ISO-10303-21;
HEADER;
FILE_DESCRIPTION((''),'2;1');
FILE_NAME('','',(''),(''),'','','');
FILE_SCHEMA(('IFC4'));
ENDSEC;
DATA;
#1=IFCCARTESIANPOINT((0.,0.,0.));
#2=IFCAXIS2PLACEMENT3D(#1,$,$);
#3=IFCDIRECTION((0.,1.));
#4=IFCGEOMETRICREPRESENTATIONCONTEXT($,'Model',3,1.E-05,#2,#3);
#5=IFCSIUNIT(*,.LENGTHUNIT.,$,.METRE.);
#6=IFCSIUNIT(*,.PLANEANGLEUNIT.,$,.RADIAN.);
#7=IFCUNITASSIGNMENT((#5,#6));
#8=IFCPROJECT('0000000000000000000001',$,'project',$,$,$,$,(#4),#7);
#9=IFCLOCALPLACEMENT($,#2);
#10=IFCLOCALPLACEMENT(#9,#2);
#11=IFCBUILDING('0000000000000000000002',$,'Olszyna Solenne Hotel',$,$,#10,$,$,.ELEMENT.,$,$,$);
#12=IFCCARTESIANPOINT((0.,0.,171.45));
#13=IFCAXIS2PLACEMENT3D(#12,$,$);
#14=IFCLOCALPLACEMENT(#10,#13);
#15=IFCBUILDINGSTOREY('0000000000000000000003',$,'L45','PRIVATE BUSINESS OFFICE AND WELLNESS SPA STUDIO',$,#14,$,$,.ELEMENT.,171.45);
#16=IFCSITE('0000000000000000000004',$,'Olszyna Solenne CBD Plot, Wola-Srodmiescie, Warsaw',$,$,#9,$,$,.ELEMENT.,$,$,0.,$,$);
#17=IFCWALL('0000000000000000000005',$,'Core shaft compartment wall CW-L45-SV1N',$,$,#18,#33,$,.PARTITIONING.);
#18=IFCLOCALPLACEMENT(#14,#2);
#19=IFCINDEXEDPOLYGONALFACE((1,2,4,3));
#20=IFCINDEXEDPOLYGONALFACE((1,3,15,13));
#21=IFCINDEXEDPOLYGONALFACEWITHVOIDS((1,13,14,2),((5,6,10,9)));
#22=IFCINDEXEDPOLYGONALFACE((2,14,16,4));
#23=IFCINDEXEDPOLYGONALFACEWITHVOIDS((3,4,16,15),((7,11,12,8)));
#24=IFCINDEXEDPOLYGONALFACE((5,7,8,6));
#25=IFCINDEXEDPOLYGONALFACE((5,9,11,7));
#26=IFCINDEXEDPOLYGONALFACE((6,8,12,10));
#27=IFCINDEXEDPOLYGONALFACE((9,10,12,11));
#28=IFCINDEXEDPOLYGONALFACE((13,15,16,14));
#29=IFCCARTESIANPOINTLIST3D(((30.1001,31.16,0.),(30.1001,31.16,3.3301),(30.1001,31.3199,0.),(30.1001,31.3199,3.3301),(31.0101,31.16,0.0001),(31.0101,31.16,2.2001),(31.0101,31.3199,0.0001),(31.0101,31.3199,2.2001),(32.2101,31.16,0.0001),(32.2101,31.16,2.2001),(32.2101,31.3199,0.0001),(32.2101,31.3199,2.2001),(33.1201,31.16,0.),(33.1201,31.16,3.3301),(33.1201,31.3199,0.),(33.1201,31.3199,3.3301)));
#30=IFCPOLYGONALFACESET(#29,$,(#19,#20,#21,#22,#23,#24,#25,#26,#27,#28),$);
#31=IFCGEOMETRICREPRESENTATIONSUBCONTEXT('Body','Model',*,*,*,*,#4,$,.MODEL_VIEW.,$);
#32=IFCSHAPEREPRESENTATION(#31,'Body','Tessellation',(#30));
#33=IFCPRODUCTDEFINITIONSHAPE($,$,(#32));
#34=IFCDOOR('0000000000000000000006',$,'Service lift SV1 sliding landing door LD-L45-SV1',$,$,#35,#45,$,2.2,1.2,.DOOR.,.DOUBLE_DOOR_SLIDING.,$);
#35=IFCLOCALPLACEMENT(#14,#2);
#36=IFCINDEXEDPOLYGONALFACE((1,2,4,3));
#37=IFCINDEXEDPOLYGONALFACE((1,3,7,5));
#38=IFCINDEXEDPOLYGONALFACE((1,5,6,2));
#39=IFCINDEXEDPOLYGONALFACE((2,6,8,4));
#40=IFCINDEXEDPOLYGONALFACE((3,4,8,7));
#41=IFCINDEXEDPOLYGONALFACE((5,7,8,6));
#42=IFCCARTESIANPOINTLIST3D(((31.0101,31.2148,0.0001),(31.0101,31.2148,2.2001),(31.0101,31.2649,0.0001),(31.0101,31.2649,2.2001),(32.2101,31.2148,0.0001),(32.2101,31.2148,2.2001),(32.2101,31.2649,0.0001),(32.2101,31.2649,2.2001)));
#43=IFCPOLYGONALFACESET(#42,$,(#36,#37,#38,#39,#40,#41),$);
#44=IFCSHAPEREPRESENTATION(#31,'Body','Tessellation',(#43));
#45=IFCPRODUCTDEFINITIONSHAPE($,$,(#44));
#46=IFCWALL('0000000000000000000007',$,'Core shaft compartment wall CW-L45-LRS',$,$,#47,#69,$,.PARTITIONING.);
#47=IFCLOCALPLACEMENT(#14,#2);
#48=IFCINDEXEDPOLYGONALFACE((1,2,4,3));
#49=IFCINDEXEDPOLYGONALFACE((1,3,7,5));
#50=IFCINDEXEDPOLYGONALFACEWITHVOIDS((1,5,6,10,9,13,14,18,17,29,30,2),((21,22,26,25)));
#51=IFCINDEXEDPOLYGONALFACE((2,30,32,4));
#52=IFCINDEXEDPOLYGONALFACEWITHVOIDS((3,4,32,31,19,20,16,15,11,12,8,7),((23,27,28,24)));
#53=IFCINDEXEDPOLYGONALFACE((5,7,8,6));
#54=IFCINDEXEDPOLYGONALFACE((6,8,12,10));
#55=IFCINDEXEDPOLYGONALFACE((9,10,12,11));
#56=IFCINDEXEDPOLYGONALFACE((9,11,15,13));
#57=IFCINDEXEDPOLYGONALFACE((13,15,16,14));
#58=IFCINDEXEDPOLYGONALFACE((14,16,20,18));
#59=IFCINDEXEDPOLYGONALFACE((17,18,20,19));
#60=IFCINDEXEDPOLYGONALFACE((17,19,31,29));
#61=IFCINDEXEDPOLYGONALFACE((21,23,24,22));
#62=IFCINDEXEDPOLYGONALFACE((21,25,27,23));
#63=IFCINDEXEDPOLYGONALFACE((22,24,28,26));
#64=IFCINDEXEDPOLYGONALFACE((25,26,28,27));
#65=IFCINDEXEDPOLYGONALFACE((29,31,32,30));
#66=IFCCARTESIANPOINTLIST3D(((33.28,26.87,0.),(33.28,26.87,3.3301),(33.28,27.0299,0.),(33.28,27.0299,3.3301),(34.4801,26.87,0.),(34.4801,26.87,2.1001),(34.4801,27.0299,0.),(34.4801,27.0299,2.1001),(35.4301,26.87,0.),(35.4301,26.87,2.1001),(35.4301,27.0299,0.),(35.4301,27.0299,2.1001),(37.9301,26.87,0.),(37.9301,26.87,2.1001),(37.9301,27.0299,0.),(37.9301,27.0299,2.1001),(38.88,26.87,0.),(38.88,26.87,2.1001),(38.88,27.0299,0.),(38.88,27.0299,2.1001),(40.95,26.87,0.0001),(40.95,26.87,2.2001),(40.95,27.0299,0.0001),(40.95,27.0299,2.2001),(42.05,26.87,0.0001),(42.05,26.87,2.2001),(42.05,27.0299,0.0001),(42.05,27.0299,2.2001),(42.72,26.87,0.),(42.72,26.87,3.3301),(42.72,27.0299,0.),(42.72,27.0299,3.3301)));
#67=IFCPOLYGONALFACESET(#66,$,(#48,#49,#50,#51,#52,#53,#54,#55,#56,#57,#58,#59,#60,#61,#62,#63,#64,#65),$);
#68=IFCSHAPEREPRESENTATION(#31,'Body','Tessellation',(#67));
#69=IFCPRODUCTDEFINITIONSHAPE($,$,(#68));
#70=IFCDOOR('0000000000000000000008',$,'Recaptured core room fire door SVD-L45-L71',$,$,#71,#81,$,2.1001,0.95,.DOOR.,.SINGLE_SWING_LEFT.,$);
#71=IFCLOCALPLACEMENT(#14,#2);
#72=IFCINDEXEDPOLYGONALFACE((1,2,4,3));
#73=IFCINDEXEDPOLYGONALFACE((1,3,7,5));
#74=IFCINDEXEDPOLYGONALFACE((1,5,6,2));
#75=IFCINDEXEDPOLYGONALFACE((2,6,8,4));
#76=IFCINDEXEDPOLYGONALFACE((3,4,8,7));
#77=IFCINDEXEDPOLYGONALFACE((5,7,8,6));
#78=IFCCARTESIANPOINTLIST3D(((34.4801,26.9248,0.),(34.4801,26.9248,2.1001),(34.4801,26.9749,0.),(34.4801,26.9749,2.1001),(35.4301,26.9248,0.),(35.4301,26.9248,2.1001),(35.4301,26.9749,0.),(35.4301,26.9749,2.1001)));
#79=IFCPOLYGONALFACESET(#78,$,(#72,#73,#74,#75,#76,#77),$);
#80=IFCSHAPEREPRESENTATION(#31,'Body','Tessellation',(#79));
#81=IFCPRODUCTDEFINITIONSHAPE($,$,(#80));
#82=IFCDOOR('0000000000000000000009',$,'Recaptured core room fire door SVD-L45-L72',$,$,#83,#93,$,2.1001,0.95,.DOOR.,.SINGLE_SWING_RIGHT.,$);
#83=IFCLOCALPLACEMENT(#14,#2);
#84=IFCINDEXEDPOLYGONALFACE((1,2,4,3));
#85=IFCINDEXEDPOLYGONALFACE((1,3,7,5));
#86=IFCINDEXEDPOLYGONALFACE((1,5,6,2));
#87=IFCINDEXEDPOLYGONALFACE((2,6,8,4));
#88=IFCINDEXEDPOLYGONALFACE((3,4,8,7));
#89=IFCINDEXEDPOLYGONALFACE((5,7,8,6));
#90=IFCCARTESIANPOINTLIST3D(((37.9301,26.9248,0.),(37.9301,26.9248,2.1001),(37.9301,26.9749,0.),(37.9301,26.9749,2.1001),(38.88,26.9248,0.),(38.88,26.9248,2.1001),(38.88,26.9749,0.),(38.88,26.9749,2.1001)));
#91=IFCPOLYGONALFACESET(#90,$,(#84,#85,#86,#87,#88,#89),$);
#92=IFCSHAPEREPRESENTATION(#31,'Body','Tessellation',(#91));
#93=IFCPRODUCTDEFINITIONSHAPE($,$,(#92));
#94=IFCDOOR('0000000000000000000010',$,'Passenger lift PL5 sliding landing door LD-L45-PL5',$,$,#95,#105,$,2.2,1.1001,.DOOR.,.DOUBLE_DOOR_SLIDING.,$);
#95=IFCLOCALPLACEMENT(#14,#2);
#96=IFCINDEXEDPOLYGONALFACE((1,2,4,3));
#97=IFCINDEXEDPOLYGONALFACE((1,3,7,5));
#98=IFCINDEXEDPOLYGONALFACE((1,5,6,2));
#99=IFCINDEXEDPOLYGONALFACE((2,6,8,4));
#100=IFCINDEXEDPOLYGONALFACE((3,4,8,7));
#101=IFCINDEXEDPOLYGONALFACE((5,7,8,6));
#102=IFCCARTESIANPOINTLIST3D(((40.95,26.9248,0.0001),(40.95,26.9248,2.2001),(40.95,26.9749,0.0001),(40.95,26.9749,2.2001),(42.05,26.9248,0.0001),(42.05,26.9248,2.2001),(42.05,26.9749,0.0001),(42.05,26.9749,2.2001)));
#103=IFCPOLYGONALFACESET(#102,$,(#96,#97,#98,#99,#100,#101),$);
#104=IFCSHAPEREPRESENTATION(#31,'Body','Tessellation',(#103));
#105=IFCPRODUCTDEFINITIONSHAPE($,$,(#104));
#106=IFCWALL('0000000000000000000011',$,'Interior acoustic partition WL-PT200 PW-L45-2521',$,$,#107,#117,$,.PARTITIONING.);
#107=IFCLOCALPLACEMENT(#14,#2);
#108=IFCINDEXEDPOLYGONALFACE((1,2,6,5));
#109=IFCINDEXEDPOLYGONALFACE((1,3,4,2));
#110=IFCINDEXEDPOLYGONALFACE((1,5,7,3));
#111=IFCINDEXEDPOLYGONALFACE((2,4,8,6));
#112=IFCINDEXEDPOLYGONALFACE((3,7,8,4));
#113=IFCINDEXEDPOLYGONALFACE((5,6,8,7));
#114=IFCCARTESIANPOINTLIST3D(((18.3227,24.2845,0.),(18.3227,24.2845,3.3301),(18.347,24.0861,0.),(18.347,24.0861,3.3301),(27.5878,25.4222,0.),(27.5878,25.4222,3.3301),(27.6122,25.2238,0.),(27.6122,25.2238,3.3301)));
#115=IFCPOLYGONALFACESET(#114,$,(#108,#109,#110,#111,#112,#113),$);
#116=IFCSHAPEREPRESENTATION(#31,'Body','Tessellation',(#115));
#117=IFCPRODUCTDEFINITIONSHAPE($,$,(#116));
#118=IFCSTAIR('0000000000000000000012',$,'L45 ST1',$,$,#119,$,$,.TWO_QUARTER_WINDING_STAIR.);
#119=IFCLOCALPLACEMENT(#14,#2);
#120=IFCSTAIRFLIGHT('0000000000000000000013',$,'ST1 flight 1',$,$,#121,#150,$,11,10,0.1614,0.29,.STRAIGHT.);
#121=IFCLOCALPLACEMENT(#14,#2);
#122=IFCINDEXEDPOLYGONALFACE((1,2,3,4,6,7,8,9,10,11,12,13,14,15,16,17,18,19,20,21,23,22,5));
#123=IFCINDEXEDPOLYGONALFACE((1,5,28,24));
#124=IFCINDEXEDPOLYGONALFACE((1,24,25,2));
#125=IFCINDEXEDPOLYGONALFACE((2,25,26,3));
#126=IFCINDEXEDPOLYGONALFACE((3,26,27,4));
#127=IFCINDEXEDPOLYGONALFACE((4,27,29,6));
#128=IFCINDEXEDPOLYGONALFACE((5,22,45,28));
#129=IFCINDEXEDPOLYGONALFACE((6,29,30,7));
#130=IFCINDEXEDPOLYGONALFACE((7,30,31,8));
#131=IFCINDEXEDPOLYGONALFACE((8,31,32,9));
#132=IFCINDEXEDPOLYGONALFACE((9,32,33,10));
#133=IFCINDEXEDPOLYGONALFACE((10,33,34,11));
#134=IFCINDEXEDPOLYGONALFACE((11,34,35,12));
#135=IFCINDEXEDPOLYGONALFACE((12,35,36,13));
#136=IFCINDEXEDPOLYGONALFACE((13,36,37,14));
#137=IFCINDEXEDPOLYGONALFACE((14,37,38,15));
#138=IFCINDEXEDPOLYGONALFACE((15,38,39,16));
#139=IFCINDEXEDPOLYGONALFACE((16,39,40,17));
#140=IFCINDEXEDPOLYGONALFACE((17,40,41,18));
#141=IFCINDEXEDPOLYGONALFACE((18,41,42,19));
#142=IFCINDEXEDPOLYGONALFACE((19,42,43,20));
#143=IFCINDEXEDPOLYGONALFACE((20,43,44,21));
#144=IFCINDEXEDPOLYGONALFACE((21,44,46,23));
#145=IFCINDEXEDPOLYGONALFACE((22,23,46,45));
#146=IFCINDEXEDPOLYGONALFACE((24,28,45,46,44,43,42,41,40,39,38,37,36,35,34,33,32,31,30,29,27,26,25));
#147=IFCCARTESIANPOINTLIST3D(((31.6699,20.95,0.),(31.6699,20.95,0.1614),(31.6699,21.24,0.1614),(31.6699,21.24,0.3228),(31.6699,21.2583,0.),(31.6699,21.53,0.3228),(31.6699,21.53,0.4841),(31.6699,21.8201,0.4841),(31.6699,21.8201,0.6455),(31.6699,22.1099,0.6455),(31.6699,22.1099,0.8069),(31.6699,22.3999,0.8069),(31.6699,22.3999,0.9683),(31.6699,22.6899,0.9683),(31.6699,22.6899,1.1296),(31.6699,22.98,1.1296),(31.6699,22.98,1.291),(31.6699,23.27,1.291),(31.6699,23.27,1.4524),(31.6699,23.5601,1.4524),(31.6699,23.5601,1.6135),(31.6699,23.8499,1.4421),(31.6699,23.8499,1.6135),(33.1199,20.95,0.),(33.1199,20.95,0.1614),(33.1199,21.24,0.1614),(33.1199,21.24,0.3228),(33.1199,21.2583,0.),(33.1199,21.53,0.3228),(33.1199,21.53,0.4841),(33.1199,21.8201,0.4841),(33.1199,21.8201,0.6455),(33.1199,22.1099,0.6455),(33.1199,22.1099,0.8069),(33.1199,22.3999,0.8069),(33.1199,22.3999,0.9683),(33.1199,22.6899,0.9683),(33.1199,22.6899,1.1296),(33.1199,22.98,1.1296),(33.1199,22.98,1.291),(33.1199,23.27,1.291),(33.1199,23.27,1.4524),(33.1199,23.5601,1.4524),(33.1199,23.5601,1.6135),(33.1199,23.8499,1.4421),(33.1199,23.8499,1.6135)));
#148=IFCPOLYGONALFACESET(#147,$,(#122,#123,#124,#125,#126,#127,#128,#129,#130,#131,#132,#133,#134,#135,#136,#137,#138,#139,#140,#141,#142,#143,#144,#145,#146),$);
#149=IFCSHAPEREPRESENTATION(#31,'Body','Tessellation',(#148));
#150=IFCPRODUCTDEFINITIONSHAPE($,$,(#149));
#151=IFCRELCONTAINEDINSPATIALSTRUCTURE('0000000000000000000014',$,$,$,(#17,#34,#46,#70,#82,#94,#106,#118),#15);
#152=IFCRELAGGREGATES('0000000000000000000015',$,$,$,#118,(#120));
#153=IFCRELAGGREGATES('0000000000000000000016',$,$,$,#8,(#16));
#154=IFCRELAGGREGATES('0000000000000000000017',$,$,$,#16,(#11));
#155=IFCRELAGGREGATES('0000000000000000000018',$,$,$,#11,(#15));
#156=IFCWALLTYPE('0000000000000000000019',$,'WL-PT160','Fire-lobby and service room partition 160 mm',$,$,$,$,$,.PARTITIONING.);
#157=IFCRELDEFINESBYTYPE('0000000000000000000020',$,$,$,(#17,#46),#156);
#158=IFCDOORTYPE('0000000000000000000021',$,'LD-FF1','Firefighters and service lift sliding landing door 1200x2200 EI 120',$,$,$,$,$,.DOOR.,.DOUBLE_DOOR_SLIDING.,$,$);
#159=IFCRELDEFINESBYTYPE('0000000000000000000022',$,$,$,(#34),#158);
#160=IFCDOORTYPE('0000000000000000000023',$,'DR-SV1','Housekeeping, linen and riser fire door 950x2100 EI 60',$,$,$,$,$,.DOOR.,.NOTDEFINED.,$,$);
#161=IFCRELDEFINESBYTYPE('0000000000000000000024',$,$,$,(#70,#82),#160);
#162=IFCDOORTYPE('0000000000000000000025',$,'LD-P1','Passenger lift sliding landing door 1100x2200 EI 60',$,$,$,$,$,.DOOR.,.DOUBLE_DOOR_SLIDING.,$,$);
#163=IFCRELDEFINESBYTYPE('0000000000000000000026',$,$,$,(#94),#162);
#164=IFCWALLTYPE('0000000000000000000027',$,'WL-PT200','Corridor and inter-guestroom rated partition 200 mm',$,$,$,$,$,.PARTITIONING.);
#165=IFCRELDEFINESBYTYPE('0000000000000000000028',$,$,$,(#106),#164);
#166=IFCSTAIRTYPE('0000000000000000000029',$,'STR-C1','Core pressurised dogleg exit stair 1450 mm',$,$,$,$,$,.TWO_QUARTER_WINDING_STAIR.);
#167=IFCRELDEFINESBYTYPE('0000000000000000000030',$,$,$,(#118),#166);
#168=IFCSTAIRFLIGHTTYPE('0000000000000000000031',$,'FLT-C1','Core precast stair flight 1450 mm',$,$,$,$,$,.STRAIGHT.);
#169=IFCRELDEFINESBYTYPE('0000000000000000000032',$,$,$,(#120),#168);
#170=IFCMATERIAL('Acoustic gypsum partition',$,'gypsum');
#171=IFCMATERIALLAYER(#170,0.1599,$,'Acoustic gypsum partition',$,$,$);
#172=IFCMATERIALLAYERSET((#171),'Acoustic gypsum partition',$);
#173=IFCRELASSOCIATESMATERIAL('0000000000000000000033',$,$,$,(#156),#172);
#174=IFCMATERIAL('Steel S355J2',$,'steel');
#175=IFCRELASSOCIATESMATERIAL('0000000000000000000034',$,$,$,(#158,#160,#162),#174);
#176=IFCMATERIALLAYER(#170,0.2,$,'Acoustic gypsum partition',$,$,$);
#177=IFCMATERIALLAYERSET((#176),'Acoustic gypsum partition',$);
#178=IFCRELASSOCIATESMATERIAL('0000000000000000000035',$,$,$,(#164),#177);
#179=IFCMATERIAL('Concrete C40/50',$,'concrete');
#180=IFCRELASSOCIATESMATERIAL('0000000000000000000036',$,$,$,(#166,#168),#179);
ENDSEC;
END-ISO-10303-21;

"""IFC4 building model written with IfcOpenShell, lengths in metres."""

from ifc_helpers import new_model, si_unit, direction, frame, frame_2d, origin, place, context, subcontext, project, spatial, polyline, rectangle, outline, extrude, source, transform, mapped, material, layer, layer_set, type_object, type_shapes, element, fill, aggregate, save


model = new_model("IFC4")

# Units and contexts
model_context = context("Model", 3, precision=1e-05, world=origin(), true_north=direction((0.0, 1.0)))
body_context = subcontext(model_context, "Body", "Model", "MODEL_VIEW")
ifc_project = project(units=[si_unit("LENGTHUNIT", "METRE"), si_unit("PLANEANGLEUNIT", "RADIAN")], contexts=[model_context])

# Site, building, storey
site_placement = place(None, origin())
site = spatial("IfcSite", under=ifc_project, at=site_placement, Name="Olszyna Solenne CBD Plot, Wola-Srodmiescie, Warsaw", CompositionType="ELEMENT", RefElevation=0.0)
building_placement = place(site_placement, origin())
building = spatial("IfcBuilding", under=site, at=building_placement, Name="Olszyna Solenne Hotel", CompositionType="ELEMENT")
storey_placement = place(building_placement, frame((0.0, 0.0, 171.45)))
storey = spatial("IfcBuildingStorey", under=building, at=storey_placement, Name="L45", Description="PRIVATE BUSINESS OFFICE AND WELLNESS SPA STUDIO", CompositionType="ELEMENT", Elevation=171.45)

# Shared definitions
ifc_material_1 = material(Name="Steel S355J2", Category="steel")

# Shared definitions
ifc_material_2 = material(Name="Acoustic gypsum partition", Category="gypsum")
ifc_layer_1 = layer(ifc_material_2, 0.1599, Name="Acoustic gypsum partition")
ifc_layer_set_1 = layer_set([ifc_layer_1], Name="Acoustic gypsum partition")
wall_type_1 = type_object("IfcWallType", Name="WL-PT160", Description="Fire-lobby and service room partition 160 mm", PredefinedType="PARTITIONING", material=ifc_layer_set_1)

# Wall, opening, door
wall_1_placement = place(storey_placement, frame((30.1001, 31.24, 0.0), z_axis=(0.0, 0.0, 1.0), x_axis=(1.0, 0.0, 0.0)))
wall_1 = element("IfcWall", 1, at=wall_1_placement, inside=storey, type_object=wall_type_1, Name="Core shaft compartment wall CW-L45-SV1N", PredefinedType="PARTITIONING", context=body_context, shape_type="SweptSolid", body=[
    extrude(rectangle(XDim=3.02, YDim=0.1599, at=frame_2d((1.51, 0.0))), origin(), (0.0, 0.0, 1.0), 3.3301),
])
opening_1_placement = place(wall_1_placement, frame((0.9099, 0.0, 0.0)))
opening_1 = element("IfcOpeningElement", 2, at=opening_1_placement, cuts=wall_1, PredefinedType="OPENING", context=body_context, shape_type="SweptSolid", body=[
    extrude(rectangle(XDim=1.2, YDim=2.2, at=frame_2d((0.6001, 1.1001))), frame((0.0, 0.0898, 0.0), z_axis=(0.0, -1.0, 0.0), x_axis=(1.0, 0.0, 0.0)), (0.0, 0.0, 1.0), 0.1799),
])
door_type_1 = type_object("IfcDoorType", Name="LD-FF1", Description="Firefighters and service lift sliding landing door 1200x2200 EI 120", OperationType="DOUBLE_DOOR_SLIDING", PredefinedType="DOOR", material=ifc_material_1)
shared_shape_1 = source(origin(), body_context, "Body", "SweptSolid", [
    extrude(rectangle(XDim=1.2, YDim=2.2, at=frame_2d((0.6001, 1.1001))), frame((0.0, 0.0249, 0.0), z_axis=(0.0, -1.0, 0.0), x_axis=(1.0, 0.0, 0.0)), (0.0, 0.0, 1.0), 0.05),
])
type_shapes(door_type_1, [shared_shape_1])
door_1_placement = place(opening_1_placement, origin())
door_1 = element("IfcDoor", 3, at=door_1_placement, inside=storey, type_object=door_type_1, Name="Service lift SV1 sliding landing door LD-L45-SV1", OperationType="DOUBLE_DOOR_SLIDING", OverallHeight=2.2, OverallWidth=1.2, PredefinedType="DOOR", context=body_context, shape_type="MappedRepresentation", body=[
    mapped(shared_shape_1, transform((0.0, 0.0, 0.0), x_axis=(1.0, 0.0, 0.0), y_axis=(0.0, 1.0, 0.0), z_axis=(0.0, 0.0, 1.0), scale=1.0)),
])
fill(opening_1, door_1)

# Wall, openings, doors
wall_2_placement = place(storey_placement, frame((33.28, 26.95, 0.0), z_axis=(0.0, 0.0, 1.0), x_axis=(1.0, 0.0, 0.0)))
wall_2 = element("IfcWall", 4, at=wall_2_placement, inside=storey, type_object=wall_type_1, Name="Core shaft compartment wall CW-L45-LRS", PredefinedType="PARTITIONING", context=body_context, shape_type="SweptSolid", body=[
    extrude(rectangle(XDim=9.4399, YDim=0.1599, at=frame_2d((4.72, 0.0))), origin(), (0.0, 0.0, 1.0), 3.3301),
])
opening_2_placement = place(wall_2_placement, frame((1.2, 0.0, 0.0)))
opening_2 = element("IfcOpeningElement", 5, at=opening_2_placement, cuts=wall_2, PredefinedType="OPENING", context=body_context, shape_type="SweptSolid", body=[
    extrude(rectangle(XDim=0.95, YDim=2.1001, at=frame_2d((0.4751, 1.05))), frame((0.0, 0.0898, 0.0), z_axis=(0.0, -1.0, 0.0), x_axis=(1.0, 0.0, 0.0)), (0.0, 0.0, 1.0), 0.1799),
])
opening_3_placement = place(wall_2_placement, frame((4.6499, 0.0, 0.0)))
opening_3 = element("IfcOpeningElement", 6, at=opening_3_placement, cuts=wall_2, PredefinedType="OPENING", context=body_context, shape_type="SweptSolid", body=[
    extrude(rectangle(XDim=0.95, YDim=2.1001, at=frame_2d((0.4751, 1.05))), frame((0.0, 0.0898, 0.0), z_axis=(0.0, -1.0, 0.0), x_axis=(1.0, 0.0, 0.0)), (0.0, 0.0, 1.0), 0.1799),
])
opening_4_placement = place(wall_2_placement, frame((7.6699, 0.0, 0.0)))
opening_4 = element("IfcOpeningElement", 7, at=opening_4_placement, cuts=wall_2, PredefinedType="OPENING", context=body_context, shape_type="SweptSolid", body=[
    extrude(rectangle(XDim=1.1001, YDim=2.2, at=frame_2d((0.55, 1.1001))), frame((0.0, 0.0898, 0.0), z_axis=(0.0, -1.0, 0.0), x_axis=(1.0, 0.0, 0.0)), (0.0, 0.0, 1.0), 0.1799),
])
door_type_2 = type_object("IfcDoorType", Name="DR-SV1", Description="Housekeeping, linen and riser fire door 950x2100 EI 60", OperationType="NOTDEFINED", PredefinedType="DOOR", material=ifc_material_1)
shared_shape_2 = source(origin(), body_context, "Body", "SweptSolid", [
    extrude(rectangle(XDim=0.95, YDim=2.1001, at=frame_2d((0.4751, 1.05))), frame((0.0, 0.0249, 0.0), z_axis=(0.0, -1.0, 0.0), x_axis=(1.0, 0.0, 0.0)), (0.0, 0.0, 1.0), 0.05),
])
type_shapes(door_type_2, [shared_shape_2])
door_2_placement = place(opening_2_placement, origin())
door_2 = element("IfcDoor", 8, at=door_2_placement, inside=storey, type_object=door_type_2, Name="Recaptured core room fire door SVD-L45-L71", OperationType="SINGLE_SWING_LEFT", OverallHeight=2.1001, OverallWidth=0.95, PredefinedType="DOOR", context=body_context, shape_type="MappedRepresentation", body=[
    mapped(shared_shape_2, transform((0.0, 0.0, 0.0), x_axis=(1.0, 0.0, 0.0), y_axis=(0.0, 1.0, 0.0), z_axis=(0.0, 0.0, 1.0), scale=1.0)),
])
fill(opening_2, door_2)
door_3_placement = place(opening_3_placement, origin())
door_3 = element("IfcDoor", 9, at=door_3_placement, inside=storey, type_object=door_type_2, Name="Recaptured core room fire door SVD-L45-L72", OperationType="SINGLE_SWING_RIGHT", OverallHeight=2.1001, OverallWidth=0.95, PredefinedType="DOOR", context=body_context, shape_type="MappedRepresentation", body=[
    mapped(shared_shape_2, transform((0.0, 0.0, 0.0), x_axis=(1.0, 0.0, 0.0), y_axis=(0.0, 1.0, 0.0), z_axis=(0.0, 0.0, 1.0), scale=1.0)),
])
fill(opening_3, door_3)
door_type_3 = type_object("IfcDoorType", Name="LD-P1", Description="Passenger lift sliding landing door 1100x2200 EI 60", OperationType="DOUBLE_DOOR_SLIDING", PredefinedType="DOOR", material=ifc_material_1)
shared_shape_3 = source(origin(), body_context, "Body", "SweptSolid", [
    extrude(rectangle(XDim=1.1001, YDim=2.2, at=frame_2d((0.55, 1.1001))), frame((0.0, 0.0249, 0.0), z_axis=(0.0, -1.0, 0.0), x_axis=(1.0, 0.0, 0.0)), (0.0, 0.0, 1.0), 0.05),
])
type_shapes(door_type_3, [shared_shape_3])
door_4_placement = place(opening_4_placement, origin())
door_4 = element("IfcDoor", 10, at=door_4_placement, inside=storey, type_object=door_type_3, Name="Passenger lift PL5 sliding landing door LD-L45-PL5", OperationType="DOUBLE_DOOR_SLIDING", OverallHeight=2.2, OverallWidth=1.1001, PredefinedType="DOOR", context=body_context, shape_type="MappedRepresentation", body=[
    mapped(shared_shape_3, transform((0.0, 0.0, 0.0), x_axis=(1.0, 0.0, 0.0), y_axis=(0.0, 1.0, 0.0), z_axis=(0.0, 0.0, 1.0), scale=1.0)),
])
fill(opening_4, door_4)

# Wall
ifc_layer_2 = layer(ifc_material_2, 0.2, Name="Acoustic gypsum partition")
ifc_layer_set_2 = layer_set([ifc_layer_2], Name="Acoustic gypsum partition")
wall_type_2 = type_object("IfcWallType", Name="WL-PT200", Description="Corridor and inter-guestroom rated partition 200 mm", PredefinedType="PARTITIONING", material=ifc_layer_set_2)
wall_3_placement = place(storey_placement, frame((27.6001, 25.323, 0.0), z_axis=(0.0, 0.0, 1.0), x_axis=(-0.992545, -0.121878, 0.0)))
element("IfcWall", 11, at=wall_3_placement, inside=storey, type_object=wall_type_2, Name="Interior acoustic partition WL-PT200 PW-L45-2521", PredefinedType="PARTITIONING", context=body_context, shape_type="SweptSolid", body=[
    extrude(rectangle(XDim=9.3347, YDim=0.2, at=frame_2d((4.6675, 0.0))), origin(), (0.0, 0.0, 1.0), 3.3301),
])

# Stair, stair flight
ifc_material_3 = material(Name="Concrete C40/50", Category="concrete")
stair_type = type_object("IfcStairType", Name="STR-C1", Description="Core pressurised dogleg exit stair 1450 mm", PredefinedType="TWO_QUARTER_WINDING_STAIR", material=ifc_material_3)
stair_placement = place(storey_placement, origin())
stair = element("IfcStair", 12, at=stair_placement, inside=storey, type_object=stair_type, Name="L45 ST1", PredefinedType="TWO_QUARTER_WINDING_STAIR")
stair_flight_type = type_object("IfcStairFlightType", Name="FLT-C1", Description="Core precast stair flight 1450 mm", PredefinedType="STRAIGHT", material=ifc_material_3)
stair_flight_1_placement = place(storey_placement, frame((32.395, 20.95, 0.0), z_axis=(0.0, 0.0, 1.0), x_axis=(0.0, 1.0, 0.0)))
stair_flight_1 = element("IfcStairFlight", 13, at=stair_flight_1_placement, type_object=stair_flight_type, Name="ST1 flight 1", NumberOfRisers=11, NumberOfTreads=10, PredefinedType="STRAIGHT", RiserHeight=0.1614, TreadLength=0.29, context=body_context, shape_type="SweptSolid", body=[
    extrude(outline(polyline([(0.0, 0.0), (0.0, 0.1614), (0.29, 0.1614), (0.29, 0.3228), (0.5801, 0.3228), (0.5801, 0.4841), (0.8701, 0.4841), (0.8701, 0.6455), (1.1599, 0.6455), (1.1599, 0.8069), (1.45, 0.8069), (1.45, 0.9683), (1.74, 0.9683), (1.74, 1.1296), (2.03, 1.1296), (2.03, 1.291), (2.3201, 1.291), (2.3201, 1.4524), (2.6101, 1.4524), (2.6101, 1.6135), (2.8999, 1.6135), (2.8999, 1.7749), (2.8999, 1.4421), (0.3083, 0.0), (0.0, 0.0)])), frame((0.0, 0.7251, 0.0), z_axis=(0.0, -1.0, 0.0), x_axis=(1.0, 0.0, 0.0)), (0.0, 0.0, 1.0), 1.45),
])
aggregate(stair, [stair_flight_1])

save(model, "model.ifc")
